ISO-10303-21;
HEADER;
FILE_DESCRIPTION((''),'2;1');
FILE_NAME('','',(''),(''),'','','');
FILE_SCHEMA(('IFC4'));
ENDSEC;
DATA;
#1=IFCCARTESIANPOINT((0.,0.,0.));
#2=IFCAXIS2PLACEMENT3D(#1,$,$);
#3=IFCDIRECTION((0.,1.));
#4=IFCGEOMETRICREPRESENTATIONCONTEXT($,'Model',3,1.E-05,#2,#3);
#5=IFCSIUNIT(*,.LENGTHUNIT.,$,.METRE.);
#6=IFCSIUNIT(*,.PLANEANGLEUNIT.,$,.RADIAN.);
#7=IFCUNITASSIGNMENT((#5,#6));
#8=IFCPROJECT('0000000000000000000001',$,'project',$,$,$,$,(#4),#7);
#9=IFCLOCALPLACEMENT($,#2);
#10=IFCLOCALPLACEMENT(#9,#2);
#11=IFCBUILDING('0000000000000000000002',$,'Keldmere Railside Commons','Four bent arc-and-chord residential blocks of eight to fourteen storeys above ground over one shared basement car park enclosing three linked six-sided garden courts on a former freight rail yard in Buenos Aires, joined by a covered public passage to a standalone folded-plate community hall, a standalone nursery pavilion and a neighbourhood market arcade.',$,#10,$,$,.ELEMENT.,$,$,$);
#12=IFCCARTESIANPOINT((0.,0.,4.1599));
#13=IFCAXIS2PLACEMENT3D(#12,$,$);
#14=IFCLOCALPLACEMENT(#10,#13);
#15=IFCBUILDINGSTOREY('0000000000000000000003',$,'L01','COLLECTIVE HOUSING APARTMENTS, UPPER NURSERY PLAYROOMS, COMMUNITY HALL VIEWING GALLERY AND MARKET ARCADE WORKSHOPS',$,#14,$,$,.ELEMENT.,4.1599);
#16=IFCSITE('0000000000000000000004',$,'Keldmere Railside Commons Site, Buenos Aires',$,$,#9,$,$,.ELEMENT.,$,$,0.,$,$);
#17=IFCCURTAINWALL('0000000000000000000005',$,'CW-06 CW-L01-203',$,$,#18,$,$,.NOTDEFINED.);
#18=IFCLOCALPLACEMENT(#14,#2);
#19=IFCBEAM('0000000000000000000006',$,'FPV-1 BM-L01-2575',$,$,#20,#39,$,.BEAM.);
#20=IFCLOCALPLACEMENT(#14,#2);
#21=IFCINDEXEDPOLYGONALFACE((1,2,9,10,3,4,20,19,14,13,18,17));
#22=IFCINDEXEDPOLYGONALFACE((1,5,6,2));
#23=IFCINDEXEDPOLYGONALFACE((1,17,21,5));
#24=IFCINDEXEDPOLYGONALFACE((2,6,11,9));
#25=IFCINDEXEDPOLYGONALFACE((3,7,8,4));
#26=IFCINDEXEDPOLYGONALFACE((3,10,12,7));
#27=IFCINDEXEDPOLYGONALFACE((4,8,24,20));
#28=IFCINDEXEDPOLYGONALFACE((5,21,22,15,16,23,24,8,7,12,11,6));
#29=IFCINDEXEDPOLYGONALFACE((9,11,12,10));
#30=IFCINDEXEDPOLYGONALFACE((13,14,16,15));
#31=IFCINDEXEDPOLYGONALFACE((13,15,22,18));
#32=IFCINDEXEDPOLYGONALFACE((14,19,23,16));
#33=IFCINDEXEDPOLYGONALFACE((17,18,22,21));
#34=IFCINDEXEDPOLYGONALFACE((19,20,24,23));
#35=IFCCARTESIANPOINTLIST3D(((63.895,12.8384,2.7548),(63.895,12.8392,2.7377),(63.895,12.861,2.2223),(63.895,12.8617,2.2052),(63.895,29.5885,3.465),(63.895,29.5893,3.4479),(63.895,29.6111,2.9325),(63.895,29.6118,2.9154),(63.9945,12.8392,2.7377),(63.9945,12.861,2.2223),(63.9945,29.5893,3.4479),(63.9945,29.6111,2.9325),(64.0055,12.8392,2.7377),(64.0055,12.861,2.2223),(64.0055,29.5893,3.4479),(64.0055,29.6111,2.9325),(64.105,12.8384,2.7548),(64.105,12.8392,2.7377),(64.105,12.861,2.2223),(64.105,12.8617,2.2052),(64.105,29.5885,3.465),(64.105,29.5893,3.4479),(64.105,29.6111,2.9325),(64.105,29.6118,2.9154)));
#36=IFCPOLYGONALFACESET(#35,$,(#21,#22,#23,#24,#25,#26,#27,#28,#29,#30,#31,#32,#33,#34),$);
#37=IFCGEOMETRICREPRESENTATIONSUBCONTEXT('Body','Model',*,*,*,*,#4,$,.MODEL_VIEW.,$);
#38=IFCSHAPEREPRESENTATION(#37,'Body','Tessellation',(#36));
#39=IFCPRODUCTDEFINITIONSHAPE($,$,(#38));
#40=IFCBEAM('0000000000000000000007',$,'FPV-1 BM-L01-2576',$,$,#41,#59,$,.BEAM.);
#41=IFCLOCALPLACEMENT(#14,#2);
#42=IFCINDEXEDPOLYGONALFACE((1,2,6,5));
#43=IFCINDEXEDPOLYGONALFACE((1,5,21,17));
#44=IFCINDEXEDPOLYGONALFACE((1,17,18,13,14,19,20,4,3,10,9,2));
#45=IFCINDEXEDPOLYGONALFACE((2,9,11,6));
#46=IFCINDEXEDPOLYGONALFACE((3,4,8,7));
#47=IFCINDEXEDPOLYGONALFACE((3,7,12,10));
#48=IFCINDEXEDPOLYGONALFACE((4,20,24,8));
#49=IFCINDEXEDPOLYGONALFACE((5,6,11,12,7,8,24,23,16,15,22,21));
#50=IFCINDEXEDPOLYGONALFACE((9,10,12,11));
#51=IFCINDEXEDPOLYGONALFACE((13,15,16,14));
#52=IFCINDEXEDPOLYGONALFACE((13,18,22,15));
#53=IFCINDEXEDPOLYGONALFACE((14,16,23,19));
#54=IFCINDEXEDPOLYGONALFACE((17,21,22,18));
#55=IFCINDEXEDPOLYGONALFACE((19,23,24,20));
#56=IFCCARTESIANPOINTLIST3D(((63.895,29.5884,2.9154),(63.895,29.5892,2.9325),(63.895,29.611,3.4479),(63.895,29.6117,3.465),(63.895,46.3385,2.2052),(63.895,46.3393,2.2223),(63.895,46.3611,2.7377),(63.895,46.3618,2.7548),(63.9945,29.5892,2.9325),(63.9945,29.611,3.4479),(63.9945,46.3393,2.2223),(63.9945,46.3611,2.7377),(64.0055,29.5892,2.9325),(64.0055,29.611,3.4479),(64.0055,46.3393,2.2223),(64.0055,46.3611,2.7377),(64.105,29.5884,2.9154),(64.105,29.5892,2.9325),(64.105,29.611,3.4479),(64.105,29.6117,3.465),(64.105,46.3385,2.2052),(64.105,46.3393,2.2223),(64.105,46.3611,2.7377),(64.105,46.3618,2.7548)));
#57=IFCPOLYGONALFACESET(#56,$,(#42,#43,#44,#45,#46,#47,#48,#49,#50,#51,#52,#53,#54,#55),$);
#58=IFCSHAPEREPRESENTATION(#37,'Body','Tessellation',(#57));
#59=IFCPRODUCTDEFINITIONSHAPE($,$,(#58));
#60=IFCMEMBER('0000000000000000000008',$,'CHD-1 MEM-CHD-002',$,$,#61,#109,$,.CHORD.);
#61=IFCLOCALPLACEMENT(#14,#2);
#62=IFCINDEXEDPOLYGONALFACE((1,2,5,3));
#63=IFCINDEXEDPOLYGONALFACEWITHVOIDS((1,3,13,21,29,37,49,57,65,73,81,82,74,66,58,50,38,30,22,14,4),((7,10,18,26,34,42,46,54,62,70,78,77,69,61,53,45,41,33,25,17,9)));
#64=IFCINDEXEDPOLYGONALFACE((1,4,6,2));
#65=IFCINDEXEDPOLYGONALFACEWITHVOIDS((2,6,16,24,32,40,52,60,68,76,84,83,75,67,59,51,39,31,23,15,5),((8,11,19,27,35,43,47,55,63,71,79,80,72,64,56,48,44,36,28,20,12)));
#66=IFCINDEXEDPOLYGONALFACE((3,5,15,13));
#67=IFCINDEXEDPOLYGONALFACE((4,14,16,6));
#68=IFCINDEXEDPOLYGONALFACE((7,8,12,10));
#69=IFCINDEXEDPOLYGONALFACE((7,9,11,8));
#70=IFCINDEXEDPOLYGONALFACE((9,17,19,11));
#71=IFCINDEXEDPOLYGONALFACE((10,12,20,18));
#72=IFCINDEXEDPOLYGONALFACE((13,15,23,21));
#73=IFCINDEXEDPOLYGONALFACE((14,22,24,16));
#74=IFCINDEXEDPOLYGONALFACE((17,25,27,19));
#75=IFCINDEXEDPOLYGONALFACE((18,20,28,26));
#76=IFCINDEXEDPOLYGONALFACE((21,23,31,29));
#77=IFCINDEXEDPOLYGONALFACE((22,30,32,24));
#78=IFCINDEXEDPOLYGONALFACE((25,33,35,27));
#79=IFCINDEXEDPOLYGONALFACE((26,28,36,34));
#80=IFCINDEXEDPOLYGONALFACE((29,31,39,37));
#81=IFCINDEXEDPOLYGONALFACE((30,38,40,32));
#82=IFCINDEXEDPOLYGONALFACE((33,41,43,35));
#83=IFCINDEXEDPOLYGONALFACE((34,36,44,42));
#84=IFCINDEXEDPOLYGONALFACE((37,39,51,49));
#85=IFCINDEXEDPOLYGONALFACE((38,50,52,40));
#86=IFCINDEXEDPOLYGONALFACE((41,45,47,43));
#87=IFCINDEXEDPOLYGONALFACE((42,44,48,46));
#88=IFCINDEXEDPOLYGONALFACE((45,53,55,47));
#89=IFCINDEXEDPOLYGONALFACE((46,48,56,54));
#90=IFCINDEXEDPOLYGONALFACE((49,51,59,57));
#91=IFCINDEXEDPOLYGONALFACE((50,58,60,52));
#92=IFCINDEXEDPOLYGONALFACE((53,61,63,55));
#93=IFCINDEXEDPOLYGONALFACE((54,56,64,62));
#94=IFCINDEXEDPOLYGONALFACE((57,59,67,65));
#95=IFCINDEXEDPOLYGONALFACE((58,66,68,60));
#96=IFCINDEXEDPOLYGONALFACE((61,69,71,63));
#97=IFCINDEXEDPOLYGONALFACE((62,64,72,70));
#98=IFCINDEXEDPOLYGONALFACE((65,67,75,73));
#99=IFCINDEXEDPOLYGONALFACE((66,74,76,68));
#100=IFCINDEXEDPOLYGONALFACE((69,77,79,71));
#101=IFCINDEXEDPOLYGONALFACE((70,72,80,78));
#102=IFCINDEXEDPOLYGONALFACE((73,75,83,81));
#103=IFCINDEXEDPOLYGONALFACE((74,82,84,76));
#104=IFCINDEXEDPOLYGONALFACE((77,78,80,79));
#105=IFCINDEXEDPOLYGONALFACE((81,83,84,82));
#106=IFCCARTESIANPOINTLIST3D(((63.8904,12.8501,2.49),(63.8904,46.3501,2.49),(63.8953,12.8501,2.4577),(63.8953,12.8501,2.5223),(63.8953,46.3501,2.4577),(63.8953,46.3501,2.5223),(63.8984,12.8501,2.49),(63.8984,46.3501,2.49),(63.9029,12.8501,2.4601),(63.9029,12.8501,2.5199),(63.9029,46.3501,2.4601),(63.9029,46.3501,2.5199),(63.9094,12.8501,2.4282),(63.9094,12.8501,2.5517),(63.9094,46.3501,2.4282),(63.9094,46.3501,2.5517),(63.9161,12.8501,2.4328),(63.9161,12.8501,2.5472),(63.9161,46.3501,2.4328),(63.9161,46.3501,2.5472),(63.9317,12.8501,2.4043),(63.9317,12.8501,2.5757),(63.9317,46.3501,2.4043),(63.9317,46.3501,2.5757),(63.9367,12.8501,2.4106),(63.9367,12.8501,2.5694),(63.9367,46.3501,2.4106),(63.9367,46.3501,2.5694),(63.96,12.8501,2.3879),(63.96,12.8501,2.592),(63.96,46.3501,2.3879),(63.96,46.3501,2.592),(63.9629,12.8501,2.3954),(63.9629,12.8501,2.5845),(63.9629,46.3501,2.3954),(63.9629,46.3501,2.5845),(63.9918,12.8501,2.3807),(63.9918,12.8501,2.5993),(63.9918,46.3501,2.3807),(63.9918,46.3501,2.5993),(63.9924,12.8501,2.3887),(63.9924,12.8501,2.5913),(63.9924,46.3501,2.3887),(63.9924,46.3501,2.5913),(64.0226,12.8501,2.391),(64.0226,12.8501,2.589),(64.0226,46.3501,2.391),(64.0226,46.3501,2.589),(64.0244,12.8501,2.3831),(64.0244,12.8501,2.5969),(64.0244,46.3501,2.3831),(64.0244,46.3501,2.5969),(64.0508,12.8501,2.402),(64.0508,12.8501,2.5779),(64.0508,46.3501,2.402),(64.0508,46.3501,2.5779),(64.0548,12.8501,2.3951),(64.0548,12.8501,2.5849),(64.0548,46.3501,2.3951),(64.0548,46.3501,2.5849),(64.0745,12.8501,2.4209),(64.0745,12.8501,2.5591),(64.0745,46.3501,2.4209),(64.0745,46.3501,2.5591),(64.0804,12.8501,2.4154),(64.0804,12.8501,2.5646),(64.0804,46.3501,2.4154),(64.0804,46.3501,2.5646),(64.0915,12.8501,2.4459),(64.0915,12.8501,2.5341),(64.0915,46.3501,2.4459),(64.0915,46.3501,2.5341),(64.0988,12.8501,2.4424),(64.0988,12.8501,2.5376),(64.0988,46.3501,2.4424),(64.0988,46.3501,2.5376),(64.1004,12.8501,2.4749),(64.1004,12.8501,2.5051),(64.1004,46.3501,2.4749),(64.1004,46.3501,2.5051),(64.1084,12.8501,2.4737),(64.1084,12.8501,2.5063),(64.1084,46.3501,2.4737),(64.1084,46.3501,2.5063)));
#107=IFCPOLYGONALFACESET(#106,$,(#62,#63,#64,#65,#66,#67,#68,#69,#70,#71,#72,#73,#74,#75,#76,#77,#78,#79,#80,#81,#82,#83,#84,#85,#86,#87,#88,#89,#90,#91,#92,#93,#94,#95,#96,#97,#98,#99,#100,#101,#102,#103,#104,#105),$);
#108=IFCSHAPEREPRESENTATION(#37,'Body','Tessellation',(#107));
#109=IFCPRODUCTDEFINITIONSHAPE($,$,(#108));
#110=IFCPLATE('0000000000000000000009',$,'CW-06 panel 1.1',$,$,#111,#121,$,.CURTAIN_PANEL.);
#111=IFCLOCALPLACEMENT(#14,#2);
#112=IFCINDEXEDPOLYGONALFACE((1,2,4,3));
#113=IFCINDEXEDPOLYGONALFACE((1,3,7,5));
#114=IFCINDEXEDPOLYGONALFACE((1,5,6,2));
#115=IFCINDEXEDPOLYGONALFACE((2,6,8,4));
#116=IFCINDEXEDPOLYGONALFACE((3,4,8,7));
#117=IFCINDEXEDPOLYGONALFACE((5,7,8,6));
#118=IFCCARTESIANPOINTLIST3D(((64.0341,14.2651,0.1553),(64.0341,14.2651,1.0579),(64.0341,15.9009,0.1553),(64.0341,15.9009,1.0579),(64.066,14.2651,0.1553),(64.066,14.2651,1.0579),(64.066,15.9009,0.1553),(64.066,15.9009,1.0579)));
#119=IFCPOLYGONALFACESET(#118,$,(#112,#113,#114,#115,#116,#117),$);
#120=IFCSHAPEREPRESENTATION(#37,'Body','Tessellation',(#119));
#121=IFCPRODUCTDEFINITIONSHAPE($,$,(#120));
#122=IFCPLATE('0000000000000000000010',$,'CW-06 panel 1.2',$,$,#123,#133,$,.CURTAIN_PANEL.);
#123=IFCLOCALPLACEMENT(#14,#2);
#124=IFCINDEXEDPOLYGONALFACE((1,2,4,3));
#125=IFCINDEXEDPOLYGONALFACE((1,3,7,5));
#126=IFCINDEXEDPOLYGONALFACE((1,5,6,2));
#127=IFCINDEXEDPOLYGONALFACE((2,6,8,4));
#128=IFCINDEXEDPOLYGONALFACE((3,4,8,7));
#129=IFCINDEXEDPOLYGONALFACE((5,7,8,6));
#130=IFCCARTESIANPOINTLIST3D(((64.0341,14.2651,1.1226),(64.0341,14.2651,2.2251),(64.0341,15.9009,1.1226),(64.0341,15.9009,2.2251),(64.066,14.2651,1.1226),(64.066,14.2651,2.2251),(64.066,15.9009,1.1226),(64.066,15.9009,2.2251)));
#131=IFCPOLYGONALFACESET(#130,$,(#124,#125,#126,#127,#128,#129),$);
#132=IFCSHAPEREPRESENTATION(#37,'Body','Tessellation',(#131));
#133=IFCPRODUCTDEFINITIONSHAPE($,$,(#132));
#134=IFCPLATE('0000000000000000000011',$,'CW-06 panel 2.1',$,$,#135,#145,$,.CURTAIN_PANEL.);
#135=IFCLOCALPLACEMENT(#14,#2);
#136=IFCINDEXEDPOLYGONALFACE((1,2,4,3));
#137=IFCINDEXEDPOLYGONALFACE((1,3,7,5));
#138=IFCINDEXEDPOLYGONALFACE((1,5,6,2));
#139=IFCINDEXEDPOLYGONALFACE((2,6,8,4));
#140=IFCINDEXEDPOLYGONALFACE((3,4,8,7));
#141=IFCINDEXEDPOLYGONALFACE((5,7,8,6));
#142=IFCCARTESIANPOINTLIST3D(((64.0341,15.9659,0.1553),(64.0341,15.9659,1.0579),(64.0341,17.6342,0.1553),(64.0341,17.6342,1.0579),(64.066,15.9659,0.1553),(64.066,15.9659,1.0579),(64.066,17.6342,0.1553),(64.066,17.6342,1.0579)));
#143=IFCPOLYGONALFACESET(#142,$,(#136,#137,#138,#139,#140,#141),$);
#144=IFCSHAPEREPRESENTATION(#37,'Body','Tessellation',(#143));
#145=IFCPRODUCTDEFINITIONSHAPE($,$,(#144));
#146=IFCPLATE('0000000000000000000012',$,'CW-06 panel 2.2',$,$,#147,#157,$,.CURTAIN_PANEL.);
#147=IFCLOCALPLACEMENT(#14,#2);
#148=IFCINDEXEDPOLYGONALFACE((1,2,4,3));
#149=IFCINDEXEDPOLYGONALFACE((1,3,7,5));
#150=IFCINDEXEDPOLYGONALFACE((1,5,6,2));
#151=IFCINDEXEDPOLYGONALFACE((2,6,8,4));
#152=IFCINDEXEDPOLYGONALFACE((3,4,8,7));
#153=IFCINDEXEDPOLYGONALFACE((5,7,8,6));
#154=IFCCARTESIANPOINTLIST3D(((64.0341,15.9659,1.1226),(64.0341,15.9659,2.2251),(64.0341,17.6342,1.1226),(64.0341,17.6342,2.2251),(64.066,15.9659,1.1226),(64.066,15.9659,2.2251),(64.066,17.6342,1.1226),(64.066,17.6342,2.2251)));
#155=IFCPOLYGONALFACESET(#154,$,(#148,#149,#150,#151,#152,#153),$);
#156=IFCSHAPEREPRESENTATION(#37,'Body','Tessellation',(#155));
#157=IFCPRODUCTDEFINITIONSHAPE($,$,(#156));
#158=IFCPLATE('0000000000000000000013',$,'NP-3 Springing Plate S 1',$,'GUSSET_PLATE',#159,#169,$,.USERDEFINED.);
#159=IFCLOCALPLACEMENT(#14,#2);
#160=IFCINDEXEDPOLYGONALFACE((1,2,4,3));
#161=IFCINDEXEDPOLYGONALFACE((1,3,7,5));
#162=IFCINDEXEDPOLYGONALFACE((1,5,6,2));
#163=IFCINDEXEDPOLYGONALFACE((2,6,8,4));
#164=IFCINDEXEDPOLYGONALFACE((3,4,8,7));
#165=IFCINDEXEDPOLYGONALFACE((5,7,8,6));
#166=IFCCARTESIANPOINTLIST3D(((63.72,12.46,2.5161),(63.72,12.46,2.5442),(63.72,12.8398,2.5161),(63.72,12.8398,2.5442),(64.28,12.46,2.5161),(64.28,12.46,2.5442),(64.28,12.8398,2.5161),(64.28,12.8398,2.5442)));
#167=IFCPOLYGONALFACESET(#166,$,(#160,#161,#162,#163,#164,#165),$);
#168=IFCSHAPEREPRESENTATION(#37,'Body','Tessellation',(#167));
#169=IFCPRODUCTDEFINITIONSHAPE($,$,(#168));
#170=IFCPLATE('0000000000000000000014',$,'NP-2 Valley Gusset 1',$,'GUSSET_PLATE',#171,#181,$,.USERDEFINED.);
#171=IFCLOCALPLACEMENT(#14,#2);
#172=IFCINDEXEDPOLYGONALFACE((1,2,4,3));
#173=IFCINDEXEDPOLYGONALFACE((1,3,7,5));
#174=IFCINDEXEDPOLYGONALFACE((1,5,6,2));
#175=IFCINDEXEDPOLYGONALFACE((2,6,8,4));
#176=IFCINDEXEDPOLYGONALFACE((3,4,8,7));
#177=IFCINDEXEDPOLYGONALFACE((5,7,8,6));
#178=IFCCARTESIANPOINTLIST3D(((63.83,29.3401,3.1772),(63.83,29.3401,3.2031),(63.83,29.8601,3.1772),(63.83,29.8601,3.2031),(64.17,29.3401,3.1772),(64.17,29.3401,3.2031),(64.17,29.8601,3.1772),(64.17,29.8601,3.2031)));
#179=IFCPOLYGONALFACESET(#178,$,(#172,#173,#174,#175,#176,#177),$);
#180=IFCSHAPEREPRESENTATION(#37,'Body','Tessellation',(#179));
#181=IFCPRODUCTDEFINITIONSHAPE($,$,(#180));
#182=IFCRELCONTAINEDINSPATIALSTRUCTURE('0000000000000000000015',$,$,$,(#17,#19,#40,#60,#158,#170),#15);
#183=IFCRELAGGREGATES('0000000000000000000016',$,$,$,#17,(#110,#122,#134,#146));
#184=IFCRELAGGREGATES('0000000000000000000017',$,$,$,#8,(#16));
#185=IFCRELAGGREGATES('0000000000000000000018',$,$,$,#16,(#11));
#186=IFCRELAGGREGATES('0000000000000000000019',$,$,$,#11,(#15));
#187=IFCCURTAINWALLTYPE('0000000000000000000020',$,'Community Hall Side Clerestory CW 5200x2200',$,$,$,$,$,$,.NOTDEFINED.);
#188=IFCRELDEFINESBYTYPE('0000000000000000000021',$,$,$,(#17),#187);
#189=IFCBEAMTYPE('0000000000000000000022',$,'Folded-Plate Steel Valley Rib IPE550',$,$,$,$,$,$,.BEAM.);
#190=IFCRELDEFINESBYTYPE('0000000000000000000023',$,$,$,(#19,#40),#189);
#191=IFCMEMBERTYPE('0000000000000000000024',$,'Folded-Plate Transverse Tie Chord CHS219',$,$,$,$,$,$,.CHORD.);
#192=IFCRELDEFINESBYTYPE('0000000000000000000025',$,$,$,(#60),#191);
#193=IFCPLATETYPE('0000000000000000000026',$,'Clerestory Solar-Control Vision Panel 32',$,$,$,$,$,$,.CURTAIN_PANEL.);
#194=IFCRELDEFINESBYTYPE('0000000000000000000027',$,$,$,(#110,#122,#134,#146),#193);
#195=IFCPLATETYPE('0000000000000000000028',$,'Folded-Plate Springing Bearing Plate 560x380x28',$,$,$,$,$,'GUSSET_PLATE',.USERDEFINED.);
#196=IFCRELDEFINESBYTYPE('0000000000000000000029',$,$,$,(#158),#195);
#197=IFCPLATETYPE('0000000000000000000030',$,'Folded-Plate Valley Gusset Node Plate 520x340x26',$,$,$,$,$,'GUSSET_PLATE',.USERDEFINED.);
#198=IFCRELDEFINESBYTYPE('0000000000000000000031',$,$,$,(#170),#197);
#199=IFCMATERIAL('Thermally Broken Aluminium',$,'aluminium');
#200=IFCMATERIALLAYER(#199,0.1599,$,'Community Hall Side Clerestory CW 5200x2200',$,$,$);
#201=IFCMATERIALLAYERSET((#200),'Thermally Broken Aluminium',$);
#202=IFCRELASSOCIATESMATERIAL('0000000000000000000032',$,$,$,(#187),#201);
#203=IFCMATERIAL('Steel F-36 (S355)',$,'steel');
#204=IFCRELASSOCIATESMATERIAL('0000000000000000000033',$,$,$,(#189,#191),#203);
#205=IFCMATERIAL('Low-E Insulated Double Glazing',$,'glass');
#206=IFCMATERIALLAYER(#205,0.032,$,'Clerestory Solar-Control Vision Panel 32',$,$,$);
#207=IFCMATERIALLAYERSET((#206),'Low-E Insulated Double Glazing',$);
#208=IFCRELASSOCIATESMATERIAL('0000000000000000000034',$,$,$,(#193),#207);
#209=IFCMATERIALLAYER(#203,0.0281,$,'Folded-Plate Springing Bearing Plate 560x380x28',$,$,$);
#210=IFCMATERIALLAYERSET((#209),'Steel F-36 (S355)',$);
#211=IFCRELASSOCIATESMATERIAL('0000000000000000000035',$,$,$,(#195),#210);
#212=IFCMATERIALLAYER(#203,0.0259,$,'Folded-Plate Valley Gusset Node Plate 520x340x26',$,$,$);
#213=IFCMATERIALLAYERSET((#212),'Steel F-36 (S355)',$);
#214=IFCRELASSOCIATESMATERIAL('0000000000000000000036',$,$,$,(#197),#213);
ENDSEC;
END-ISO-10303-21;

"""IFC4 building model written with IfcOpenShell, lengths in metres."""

from ifc_helpers import new_model, si_unit, direction, frame, origin, origin_2d, place, context, subcontext, project, spatial, rectangle, hollow_circle, i_section, extrude, material, layer, layer_set, material_profile, profile_set, type_object, element, aggregate, save


model = new_model("IFC4")

# Units and contexts
model_context = context("Model", 3, precision=1e-05, world=origin(), true_north=direction((0.0, 1.0)))
body_context = subcontext(model_context, "Body", "Model", "MODEL_VIEW")
ifc_project = project(units=[si_unit("LENGTHUNIT", "METRE"), si_unit("PLANEANGLEUNIT", "RADIAN")], contexts=[model_context])

# Site, building, storey
site_placement = place(None, origin())
site = spatial("IfcSite", under=ifc_project, at=site_placement, Name="Keldmere Railside Commons Site, Buenos Aires", CompositionType="ELEMENT", RefElevation=0.0)
building_placement = place(site_placement, origin())
building = spatial("IfcBuilding", under=site, at=building_placement, Name="Keldmere Railside Commons", Description="Four bent arc-and-chord residential blocks of eight to fourteen storeys above ground over one shared basement car park enclosing three linked six-sided garden courts on a former freight rail yard in Buenos Aires, joined by a covered public passage to a standalone folded-plate community hall, a standalone nursery pavilion and a neighbourhood market arcade.", CompositionType="ELEMENT")
storey_placement = place(building_placement, frame((0.0, 0.0, 4.1599)))
storey = spatial("IfcBuildingStorey", under=building, at=storey_placement, Name="L01", Description="COLLECTIVE HOUSING APARTMENTS, UPPER NURSERY PLAYROOMS, COMMUNITY HALL VIEWING GALLERY AND MARKET ARCADE WORKSHOPS", CompositionType="ELEMENT", Elevation=4.1599)

# Curtain wall
ifc_material_1 = material(Name="Thermally Broken Aluminium", Category="aluminium")
ifc_layer_1 = layer(ifc_material_1, 0.1599, Name="Community Hall Side Clerestory CW 5200x2200")
ifc_layer_set_1 = layer_set([ifc_layer_1], Name="Thermally Broken Aluminium")
curtain_wall_type = type_object("IfcCurtainWallType", Name="Community Hall Side Clerestory CW 5200x2200", PredefinedType="NOTDEFINED", material=ifc_layer_set_1)
curtain_wall_placement = place(storey_placement, origin())
curtain_wall = element("IfcCurtainWall", 1, at=curtain_wall_placement, inside=storey, type_object=curtain_wall_type, Name="CW-06 CW-L01-203", PredefinedType="NOTDEFINED")

# Beams
ifc_material_2 = material(Name="Steel F-36 (S355)", Category="steel")
ifc_material_profile_1 = material_profile(ifc_material_2, i_section(OverallWidth=0.21, OverallDepth=0.55, WebThickness=0.011, FlangeThickness=0.0171, at=origin_2d()), Name="IPE-550")
ifc_profile_set_1 = profile_set([ifc_material_profile_1], Name="Steel F-36 (S355)")
beam_type = type_object("IfcBeamType", Name="Folded-Plate Steel Valley Rib IPE550", PredefinedType="BEAM", material=ifc_profile_set_1)
for number, where, z_axis, x_axis, name in (
    (2, (64.0, 12.8501, 2.48), (0.0, 0.999102, 0.042362), (-1.0, 0.0, 0.0), "FPV-1 BM-L01-2575"),
    (3, (64.0, 29.6001, 3.1902), (0.0, 0.999102, -0.042362), (-1.0, 0.0, 0.0), "FPV-1 BM-L01-2576"),
):
    element("IfcBeam", number, at=place(storey_placement, frame(where, z_axis=z_axis, x_axis=x_axis)), inside=storey, type_object=beam_type, Name=name, PredefinedType="BEAM", context=body_context, shape_type="SweptSolid", body=[
        extrude(i_section(OverallWidth=0.21, OverallDepth=0.55, WebThickness=0.011, FlangeThickness=0.0171, at=origin_2d()), origin(), (0.0, 0.0, 1.0), 16.7651),
    ])

# Member
ifc_material_profile_2 = material_profile(ifc_material_2, hollow_circle(Radius=0.1096, WallThickness=0.0081, at=origin_2d()), Name="CHS-219x8")
ifc_profile_set_2 = profile_set([ifc_material_profile_2], Name="Steel F-36 (S355)")
member_type_1 = type_object("IfcMemberType", Name="Folded-Plate Transverse Tie Chord CHS219", PredefinedType="CHORD", material=ifc_profile_set_2)
member_1_placement = place(storey_placement, frame((64.0, 12.8501, 2.49), z_axis=(0.0, 1.0, 0.0), x_axis=(-1.0, 0.0, 0.0)))
element("IfcMember", 4, at=member_1_placement, inside=storey, type_object=member_type_1, Name="CHD-1 MEM-CHD-002", PredefinedType="CHORD", context=body_context, shape_type="SweptSolid", body=[
    extrude(hollow_circle(Radius=0.1096, WallThickness=0.0081, at=origin_2d()), origin(), (0.0, 0.0, 1.0), 33.5),
])

# Plates
ifc_material_3 = material(Name="Low-E Insulated Double Glazing", Category="glass")
ifc_layer_2 = layer(ifc_material_3, 0.032, Name="Clerestory Solar-Control Vision Panel 32")
ifc_layer_set_2 = layer_set([ifc_layer_2], Name="Low-E Insulated Double Glazing")
plate_type_1 = type_object("IfcPlateType", Name="Clerestory Solar-Control Vision Panel 32", PredefinedType="CURTAIN_PANEL", material=ifc_layer_set_2)
plate_1_placement = place(storey_placement, frame((64.05, 15.083, 0.1553), z_axis=(0.0, 0.0, 1.0), x_axis=(0.0, 1.0, 0.0)))
plate_1 = element("IfcPlate", 5, at=plate_1_placement, type_object=plate_type_1, Name="CW-06 panel 1.1", PredefinedType="CURTAIN_PANEL", context=body_context, shape_type="SweptSolid", body=[
    extrude(rectangle(XDim=1.6357, YDim=0.032, at=origin_2d()), origin(), (0.0, 0.0, 1.0), 0.9026),
])
plate_2_placement = place(storey_placement, frame((64.05, 15.083, 1.1226), z_axis=(0.0, 0.0, 1.0), x_axis=(0.0, 1.0, 0.0)))
plate_2 = element("IfcPlate", 6, at=plate_2_placement, type_object=plate_type_1, Name="CW-06 panel 1.2", PredefinedType="CURTAIN_PANEL", context=body_context, shape_type="SweptSolid", body=[
    extrude(rectangle(XDim=1.6357, YDim=0.032, at=origin_2d()), origin(), (0.0, 0.0, 1.0), 1.1025),
])
plate_3_placement = place(storey_placement, frame((64.05, 16.8, 0.1553), z_axis=(0.0, 0.0, 1.0), x_axis=(0.0, 1.0, 0.0)))
plate_3 = element("IfcPlate", 7, at=plate_3_placement, type_object=plate_type_1, Name="CW-06 panel 2.1", PredefinedType="CURTAIN_PANEL", context=body_context, shape_type="SweptSolid", body=[
    extrude(rectangle(XDim=1.6682, YDim=0.032, at=origin_2d()), origin(), (0.0, 0.0, 1.0), 0.9026),
])
plate_4_placement = place(storey_placement, frame((64.05, 16.8, 1.1226), z_axis=(0.0, 0.0, 1.0), x_axis=(0.0, 1.0, 0.0)))
plate_4 = element("IfcPlate", 8, at=plate_4_placement, type_object=plate_type_1, Name="CW-06 panel 2.2", PredefinedType="CURTAIN_PANEL", context=body_context, shape_type="SweptSolid", body=[
    extrude(rectangle(XDim=1.6682, YDim=0.032, at=origin_2d()), origin(), (0.0, 0.0, 1.0), 1.1025),
])
aggregate(curtain_wall, [plate_1, plate_2, plate_3, plate_4])

# Plates
ifc_layer_3 = layer(ifc_material_2, 0.0281, Name="Folded-Plate Springing Bearing Plate 560x380x28")
ifc_layer_set_3 = layer_set([ifc_layer_3], Name="Steel F-36 (S355)")
plate_type_2 = type_object("IfcPlateType", Name="Folded-Plate Springing Bearing Plate 560x380x28", ElementType="GUSSET_PLATE", PredefinedType="USERDEFINED", material=ifc_layer_set_3)
plate_5_placement = place(storey_placement, frame((64.0, 12.6499, 2.5161), z_axis=(0.0, 0.0, 1.0), x_axis=(1.0, 0.0, 0.0)))
element("IfcPlate", 9, at=plate_5_placement, inside=storey, type_object=plate_type_2, Name="NP-3 Springing Plate S 1", ObjectType="GUSSET_PLATE", PredefinedType="USERDEFINED", context=body_context, shape_type="SweptSolid", body=[
    extrude(rectangle(XDim=0.5601, YDim=0.3799, at=origin_2d()), origin(), (0.0, 0.0, 1.0), 0.0281),
])
ifc_layer_4 = layer(ifc_material_2, 0.0259, Name="Folded-Plate Valley Gusset Node Plate 520x340x26")
ifc_layer_set_4 = layer_set([ifc_layer_4], Name="Steel F-36 (S355)")
plate_type_3 = type_object("IfcPlateType", Name="Folded-Plate Valley Gusset Node Plate 520x340x26", ElementType="GUSSET_PLATE", PredefinedType="USERDEFINED", material=ifc_layer_set_4)
plate_6_placement = place(storey_placement, frame((64.0, 29.6001, 3.1772), z_axis=(0.0, 0.0, 1.0), x_axis=(0.0, 1.0, 0.0)))
element("IfcPlate", 10, at=plate_6_placement, inside=storey, type_object=plate_type_3, Name="NP-2 Valley Gusset 1", ObjectType="GUSSET_PLATE", PredefinedType="USERDEFINED", context=body_context, shape_type="SweptSolid", body=[
    extrude(rectangle(XDim=0.52, YDim=0.3401, at=origin_2d()), origin(), (0.0, 0.0, 1.0), 0.0259),
])

save(model, "model.ifc")
